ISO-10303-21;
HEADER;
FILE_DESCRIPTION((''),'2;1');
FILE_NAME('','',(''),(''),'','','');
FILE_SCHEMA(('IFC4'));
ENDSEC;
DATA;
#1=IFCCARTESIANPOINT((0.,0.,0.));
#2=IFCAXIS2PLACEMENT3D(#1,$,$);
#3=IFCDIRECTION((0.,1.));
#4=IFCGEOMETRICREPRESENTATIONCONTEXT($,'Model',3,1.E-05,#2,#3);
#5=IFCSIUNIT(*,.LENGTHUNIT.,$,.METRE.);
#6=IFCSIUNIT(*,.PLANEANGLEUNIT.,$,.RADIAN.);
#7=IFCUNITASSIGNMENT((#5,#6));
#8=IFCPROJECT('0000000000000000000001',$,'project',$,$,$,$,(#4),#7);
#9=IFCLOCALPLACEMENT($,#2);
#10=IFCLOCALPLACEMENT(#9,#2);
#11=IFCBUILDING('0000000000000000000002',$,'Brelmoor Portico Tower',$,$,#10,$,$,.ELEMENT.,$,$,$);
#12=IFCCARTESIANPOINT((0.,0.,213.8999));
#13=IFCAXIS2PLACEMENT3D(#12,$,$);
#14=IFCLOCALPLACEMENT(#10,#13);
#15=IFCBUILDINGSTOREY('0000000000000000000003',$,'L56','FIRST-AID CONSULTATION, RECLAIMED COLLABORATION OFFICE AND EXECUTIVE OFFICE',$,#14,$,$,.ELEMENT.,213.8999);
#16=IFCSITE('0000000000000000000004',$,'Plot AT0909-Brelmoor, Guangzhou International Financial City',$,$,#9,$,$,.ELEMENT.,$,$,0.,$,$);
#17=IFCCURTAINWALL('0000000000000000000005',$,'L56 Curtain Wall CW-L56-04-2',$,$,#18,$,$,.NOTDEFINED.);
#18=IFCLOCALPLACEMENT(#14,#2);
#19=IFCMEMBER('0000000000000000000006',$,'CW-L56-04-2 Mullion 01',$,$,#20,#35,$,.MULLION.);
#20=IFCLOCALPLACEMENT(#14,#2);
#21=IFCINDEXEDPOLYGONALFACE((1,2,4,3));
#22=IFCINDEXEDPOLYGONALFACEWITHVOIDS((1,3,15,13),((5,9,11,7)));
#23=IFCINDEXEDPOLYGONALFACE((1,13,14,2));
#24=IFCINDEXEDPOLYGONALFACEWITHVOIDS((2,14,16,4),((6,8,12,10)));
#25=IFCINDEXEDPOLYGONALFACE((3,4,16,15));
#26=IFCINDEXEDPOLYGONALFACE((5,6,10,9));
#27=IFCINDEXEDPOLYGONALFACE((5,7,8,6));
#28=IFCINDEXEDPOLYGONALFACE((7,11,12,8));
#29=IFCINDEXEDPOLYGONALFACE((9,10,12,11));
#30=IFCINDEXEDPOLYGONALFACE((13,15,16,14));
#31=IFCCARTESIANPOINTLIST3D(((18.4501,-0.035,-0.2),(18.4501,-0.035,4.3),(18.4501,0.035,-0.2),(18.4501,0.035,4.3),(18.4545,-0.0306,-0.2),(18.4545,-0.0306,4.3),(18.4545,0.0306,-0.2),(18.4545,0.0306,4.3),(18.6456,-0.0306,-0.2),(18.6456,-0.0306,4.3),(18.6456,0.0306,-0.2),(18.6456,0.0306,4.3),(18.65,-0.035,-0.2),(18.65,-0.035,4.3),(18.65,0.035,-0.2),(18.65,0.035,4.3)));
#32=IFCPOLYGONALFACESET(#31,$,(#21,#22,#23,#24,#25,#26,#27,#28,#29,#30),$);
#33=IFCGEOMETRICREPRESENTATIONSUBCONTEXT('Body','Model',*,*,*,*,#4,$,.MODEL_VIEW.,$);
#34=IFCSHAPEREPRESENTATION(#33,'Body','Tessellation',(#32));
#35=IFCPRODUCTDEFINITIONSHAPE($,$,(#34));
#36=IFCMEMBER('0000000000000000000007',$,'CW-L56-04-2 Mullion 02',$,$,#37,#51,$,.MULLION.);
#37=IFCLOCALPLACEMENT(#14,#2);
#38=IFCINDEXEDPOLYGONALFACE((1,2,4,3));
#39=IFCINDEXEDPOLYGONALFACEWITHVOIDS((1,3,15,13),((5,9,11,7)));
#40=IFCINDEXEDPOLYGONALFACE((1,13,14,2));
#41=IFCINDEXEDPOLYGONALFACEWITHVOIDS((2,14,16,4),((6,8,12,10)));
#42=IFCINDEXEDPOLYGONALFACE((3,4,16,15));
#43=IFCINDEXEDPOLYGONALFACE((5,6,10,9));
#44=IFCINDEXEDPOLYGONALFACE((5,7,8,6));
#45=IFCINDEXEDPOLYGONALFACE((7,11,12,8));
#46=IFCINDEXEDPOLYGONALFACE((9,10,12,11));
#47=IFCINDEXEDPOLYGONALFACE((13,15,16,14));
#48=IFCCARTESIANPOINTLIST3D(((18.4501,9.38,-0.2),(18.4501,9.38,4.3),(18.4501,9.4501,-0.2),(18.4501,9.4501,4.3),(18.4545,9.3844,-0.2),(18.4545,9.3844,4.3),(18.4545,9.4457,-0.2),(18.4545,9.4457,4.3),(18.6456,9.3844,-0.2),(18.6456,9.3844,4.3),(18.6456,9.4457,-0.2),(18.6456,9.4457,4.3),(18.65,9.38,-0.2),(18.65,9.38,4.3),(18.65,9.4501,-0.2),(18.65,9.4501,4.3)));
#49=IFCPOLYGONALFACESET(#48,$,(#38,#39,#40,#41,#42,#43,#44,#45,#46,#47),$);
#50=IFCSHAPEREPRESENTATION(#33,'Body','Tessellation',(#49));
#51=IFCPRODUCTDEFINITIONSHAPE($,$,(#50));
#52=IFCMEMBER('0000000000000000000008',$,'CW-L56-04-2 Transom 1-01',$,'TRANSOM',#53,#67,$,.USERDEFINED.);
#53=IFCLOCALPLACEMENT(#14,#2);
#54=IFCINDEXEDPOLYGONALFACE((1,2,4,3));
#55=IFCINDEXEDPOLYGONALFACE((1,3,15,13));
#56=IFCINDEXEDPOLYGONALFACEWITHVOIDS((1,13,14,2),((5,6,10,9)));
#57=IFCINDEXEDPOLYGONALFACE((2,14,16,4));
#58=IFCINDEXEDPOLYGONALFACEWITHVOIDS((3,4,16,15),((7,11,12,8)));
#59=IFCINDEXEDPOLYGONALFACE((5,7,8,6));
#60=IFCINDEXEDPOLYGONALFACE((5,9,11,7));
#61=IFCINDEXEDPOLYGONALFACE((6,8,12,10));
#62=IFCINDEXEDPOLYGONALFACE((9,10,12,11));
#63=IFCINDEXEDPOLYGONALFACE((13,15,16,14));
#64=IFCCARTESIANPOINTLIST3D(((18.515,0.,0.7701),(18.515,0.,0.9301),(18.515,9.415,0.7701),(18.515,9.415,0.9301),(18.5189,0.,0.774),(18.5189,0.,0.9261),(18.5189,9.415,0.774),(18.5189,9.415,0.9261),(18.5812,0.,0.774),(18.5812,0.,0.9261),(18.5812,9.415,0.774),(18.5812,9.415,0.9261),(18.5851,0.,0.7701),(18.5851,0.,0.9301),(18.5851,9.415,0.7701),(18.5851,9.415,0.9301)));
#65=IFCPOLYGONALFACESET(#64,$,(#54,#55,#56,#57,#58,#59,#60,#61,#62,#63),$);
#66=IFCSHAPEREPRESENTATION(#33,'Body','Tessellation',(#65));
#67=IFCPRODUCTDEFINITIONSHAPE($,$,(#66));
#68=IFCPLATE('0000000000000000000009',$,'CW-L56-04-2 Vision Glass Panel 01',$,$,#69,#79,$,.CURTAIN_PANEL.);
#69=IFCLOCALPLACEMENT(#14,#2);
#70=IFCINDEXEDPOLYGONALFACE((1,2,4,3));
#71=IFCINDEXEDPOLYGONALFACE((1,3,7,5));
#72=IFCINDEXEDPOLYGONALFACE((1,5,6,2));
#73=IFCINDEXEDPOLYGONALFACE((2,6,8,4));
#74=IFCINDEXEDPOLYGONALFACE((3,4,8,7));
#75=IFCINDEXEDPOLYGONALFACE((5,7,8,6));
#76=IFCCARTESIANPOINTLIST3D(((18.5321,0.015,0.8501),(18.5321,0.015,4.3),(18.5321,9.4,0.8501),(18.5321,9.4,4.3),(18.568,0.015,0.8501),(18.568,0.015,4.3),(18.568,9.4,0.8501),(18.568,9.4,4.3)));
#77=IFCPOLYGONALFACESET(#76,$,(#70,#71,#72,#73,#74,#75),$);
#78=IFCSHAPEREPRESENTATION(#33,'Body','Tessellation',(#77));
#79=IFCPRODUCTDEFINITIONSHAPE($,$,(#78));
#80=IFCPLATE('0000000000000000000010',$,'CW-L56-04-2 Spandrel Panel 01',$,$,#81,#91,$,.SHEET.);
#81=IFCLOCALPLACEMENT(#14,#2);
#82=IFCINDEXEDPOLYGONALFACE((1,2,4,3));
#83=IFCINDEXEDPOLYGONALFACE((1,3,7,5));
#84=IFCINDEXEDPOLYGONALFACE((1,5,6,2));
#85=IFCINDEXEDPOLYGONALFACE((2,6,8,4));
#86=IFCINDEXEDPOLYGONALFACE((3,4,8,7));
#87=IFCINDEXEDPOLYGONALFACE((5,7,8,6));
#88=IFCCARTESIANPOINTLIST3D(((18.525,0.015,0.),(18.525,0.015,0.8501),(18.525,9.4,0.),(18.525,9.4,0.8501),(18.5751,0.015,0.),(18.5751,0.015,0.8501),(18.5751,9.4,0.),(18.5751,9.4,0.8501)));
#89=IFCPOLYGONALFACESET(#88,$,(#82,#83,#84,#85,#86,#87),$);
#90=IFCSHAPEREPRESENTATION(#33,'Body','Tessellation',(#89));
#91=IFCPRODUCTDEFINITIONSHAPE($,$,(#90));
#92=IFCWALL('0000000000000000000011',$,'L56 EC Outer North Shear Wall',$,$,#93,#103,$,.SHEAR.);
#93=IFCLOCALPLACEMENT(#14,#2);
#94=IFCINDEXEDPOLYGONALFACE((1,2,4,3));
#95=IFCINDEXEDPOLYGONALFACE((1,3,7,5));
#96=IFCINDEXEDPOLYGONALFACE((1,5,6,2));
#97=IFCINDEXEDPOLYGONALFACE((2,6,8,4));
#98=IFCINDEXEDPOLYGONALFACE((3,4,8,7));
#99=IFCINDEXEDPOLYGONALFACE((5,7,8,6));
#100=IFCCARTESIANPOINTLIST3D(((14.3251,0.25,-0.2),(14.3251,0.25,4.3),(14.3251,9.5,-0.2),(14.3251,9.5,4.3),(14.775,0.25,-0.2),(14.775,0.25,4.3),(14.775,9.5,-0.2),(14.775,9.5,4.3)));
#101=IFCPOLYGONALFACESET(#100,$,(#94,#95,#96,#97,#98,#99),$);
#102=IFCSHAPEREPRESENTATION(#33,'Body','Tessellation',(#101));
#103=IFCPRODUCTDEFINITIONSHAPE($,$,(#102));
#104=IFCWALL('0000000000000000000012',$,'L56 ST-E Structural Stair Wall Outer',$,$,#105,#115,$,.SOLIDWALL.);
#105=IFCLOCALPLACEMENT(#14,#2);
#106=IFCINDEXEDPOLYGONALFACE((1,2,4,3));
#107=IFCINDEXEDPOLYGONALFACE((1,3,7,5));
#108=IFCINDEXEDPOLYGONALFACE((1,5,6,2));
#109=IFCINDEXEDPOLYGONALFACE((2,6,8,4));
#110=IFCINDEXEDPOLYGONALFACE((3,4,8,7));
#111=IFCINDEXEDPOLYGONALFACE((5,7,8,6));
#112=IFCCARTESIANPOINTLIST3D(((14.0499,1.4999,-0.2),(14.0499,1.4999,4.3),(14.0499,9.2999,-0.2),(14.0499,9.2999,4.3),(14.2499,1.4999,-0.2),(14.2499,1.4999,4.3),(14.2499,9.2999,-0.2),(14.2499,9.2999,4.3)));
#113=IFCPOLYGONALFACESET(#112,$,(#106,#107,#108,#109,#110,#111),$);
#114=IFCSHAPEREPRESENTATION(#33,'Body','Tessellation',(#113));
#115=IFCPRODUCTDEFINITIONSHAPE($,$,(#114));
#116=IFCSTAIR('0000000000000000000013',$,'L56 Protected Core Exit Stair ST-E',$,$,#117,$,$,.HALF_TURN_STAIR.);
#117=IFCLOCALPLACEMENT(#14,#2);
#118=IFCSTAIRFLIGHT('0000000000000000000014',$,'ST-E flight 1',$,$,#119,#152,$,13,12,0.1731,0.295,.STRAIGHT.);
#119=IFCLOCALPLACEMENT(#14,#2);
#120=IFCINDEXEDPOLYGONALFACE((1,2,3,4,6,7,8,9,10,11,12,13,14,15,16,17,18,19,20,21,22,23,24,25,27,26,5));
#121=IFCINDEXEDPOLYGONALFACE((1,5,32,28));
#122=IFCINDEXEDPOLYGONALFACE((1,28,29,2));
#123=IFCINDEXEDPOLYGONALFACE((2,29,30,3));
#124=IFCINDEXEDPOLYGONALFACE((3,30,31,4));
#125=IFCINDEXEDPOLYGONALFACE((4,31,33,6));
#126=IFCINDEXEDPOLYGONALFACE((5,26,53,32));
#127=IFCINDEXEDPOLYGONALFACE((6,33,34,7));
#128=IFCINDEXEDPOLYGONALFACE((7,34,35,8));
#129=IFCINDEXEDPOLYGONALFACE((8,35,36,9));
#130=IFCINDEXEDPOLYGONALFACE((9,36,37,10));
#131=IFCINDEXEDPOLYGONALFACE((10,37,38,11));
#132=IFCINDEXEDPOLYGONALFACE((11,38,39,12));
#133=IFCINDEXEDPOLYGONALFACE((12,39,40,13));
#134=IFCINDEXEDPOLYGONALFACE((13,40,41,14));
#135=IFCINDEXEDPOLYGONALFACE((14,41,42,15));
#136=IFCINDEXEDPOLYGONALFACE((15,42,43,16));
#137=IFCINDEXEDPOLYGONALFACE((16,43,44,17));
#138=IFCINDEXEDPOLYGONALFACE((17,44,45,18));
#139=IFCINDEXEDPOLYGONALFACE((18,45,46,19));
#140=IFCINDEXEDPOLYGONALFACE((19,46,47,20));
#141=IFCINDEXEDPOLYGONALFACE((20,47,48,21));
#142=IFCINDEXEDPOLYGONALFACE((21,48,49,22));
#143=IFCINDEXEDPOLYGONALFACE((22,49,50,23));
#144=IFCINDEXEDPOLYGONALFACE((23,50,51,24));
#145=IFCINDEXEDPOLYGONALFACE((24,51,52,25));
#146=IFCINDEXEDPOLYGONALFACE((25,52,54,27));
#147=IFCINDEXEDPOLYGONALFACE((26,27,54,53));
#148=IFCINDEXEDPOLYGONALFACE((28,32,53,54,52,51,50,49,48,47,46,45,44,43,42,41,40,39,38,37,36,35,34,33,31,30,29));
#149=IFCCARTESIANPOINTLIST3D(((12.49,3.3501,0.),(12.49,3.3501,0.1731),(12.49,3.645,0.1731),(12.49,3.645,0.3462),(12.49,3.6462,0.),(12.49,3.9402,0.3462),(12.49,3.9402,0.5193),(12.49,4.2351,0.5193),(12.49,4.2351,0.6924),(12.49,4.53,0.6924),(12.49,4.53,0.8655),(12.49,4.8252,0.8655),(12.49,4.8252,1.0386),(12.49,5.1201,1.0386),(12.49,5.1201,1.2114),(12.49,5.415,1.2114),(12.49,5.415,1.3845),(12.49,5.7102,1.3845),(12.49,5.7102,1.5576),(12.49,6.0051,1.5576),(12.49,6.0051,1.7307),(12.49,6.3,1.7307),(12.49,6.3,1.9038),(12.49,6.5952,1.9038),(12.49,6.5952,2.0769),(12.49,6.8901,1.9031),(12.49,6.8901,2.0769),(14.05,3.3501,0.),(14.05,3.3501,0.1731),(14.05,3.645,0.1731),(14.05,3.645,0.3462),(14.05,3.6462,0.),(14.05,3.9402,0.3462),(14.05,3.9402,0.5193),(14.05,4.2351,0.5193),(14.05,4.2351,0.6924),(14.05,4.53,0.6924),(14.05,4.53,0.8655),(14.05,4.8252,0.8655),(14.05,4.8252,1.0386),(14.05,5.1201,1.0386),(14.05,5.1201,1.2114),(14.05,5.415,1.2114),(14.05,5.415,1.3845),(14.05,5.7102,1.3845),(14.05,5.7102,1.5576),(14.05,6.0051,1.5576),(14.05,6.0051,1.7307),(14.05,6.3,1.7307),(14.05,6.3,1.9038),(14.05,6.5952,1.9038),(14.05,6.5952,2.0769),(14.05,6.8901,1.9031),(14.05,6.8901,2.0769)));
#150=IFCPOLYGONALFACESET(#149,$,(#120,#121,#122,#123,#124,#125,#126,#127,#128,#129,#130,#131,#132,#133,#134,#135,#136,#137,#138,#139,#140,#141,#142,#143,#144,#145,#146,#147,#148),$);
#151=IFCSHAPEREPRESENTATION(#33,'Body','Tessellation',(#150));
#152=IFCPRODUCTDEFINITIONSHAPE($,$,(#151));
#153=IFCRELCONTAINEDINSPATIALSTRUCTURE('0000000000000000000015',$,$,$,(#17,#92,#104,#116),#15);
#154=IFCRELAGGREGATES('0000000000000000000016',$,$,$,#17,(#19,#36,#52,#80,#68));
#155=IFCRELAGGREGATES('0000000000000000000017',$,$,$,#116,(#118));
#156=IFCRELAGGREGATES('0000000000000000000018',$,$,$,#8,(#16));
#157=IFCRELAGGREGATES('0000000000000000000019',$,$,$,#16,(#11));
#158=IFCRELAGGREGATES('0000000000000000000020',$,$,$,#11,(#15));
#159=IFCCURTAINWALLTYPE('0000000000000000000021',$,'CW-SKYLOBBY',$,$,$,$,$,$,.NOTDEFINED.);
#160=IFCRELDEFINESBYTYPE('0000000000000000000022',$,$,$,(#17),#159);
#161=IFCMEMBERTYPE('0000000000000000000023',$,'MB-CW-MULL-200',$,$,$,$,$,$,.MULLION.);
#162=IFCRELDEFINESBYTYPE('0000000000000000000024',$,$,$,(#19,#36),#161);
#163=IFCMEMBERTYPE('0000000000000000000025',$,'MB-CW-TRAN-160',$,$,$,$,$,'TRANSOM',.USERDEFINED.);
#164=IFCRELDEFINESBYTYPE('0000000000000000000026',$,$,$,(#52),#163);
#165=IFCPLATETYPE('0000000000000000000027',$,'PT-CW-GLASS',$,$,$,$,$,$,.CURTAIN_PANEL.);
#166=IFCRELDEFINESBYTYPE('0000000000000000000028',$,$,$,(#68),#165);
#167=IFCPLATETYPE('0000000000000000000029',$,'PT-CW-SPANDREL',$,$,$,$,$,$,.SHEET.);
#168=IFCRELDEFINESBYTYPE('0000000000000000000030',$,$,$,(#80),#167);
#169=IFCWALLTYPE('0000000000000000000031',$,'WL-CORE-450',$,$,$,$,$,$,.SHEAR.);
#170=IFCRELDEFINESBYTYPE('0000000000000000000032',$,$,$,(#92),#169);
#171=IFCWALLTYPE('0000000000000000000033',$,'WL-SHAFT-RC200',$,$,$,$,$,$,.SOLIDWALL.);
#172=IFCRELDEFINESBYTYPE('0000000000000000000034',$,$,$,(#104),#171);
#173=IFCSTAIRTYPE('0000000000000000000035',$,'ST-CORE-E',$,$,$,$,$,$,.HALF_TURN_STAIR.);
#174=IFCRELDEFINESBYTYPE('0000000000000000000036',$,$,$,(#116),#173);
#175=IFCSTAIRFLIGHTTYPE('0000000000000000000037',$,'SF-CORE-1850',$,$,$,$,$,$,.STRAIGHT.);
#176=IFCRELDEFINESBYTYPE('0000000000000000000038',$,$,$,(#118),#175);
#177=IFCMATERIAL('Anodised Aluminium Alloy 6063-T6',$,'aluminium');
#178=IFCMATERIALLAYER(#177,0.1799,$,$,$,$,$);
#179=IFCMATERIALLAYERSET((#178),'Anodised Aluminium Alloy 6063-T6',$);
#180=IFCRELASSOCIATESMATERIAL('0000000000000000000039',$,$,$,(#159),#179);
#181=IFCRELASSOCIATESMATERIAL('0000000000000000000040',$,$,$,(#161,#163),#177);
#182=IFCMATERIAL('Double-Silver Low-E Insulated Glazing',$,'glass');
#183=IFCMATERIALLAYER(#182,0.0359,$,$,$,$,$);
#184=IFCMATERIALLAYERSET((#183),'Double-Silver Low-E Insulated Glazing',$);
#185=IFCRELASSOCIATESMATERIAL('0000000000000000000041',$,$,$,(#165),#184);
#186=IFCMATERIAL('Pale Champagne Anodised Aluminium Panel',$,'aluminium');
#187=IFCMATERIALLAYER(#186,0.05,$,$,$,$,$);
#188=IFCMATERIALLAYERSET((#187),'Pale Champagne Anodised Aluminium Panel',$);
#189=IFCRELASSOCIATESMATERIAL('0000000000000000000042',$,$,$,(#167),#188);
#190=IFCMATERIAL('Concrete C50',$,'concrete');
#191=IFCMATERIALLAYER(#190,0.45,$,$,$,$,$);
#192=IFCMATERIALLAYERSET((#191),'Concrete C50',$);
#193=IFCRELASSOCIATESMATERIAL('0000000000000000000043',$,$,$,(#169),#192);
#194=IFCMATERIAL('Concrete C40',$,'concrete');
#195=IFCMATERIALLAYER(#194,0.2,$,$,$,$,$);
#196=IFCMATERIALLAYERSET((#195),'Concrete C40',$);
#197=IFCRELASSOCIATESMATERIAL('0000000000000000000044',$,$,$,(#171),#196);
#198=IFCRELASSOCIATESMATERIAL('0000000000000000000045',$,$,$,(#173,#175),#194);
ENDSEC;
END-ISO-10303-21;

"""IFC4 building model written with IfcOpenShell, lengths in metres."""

from ifc_helpers import new_model, si_unit, direction, frame, frame_2d, origin, origin_2d, place, context, subcontext, project, spatial, polyline, rectangle, hollow_rectangle, outline, extrude, material, layer, layer_set, material_profile, profile_set, type_object, element, aggregate, save


model = new_model("IFC4")

# Units and contexts
model_context = context("Model", 3, precision=1e-05, world=origin(), true_north=direction((0.0, 1.0)))
body_context = subcontext(model_context, "Body", "Model", "MODEL_VIEW")
ifc_project = project(units=[si_unit("LENGTHUNIT", "METRE"), si_unit("PLANEANGLEUNIT", "RADIAN")], contexts=[model_context])

# Site, building, storey
site_placement = place(None, origin())
site = spatial("IfcSite", under=ifc_project, at=site_placement, Name="Plot AT0909-Brelmoor, Guangzhou International Financial City", CompositionType="ELEMENT", RefElevation=0.0)
building_placement = place(site_placement, origin())
building = spatial("IfcBuilding", under=site, at=building_placement, Name="Brelmoor Portico Tower", CompositionType="ELEMENT")
storey_placement = place(building_placement, frame((0.0, 0.0, 213.8999)))
storey = spatial("IfcBuildingStorey", under=building, at=storey_placement, Name="L56", Description="FIRST-AID CONSULTATION, RECLAIMED COLLABORATION OFFICE AND EXECUTIVE OFFICE", CompositionType="ELEMENT", Elevation=213.8999)

# Curtain wall, members, plates
ifc_material_1 = material(Name="Anodised Aluminium Alloy 6063-T6", Category="aluminium")
ifc_layer_1 = layer(ifc_material_1, 0.1799)
ifc_layer_set_1 = layer_set([ifc_layer_1], Name="Anodised Aluminium Alloy 6063-T6")
curtain_wall_type = type_object("IfcCurtainWallType", Name="CW-SKYLOBBY", PredefinedType="NOTDEFINED", material=ifc_layer_set_1)
curtain_wall_placement = place(storey_placement, origin())
curtain_wall = element("IfcCurtainWall", 1, at=curtain_wall_placement, inside=storey, type_object=curtain_wall_type, Name="L56 Curtain Wall CW-L56-04-2", PredefinedType="NOTDEFINED")
ifc_material_profile_1 = material_profile(ifc_material_1, hollow_rectangle(XDim=0.0701, YDim=0.2, WallThickness=0.0044, at=origin_2d()), Name="ALU MULLION 70x200")
ifc_profile_set_1 = profile_set([ifc_material_profile_1], Name="Anodised Aluminium Alloy 6063-T6")
member_type_1 = type_object("IfcMemberType", Name="MB-CW-MULL-200", PredefinedType="MULLION", material=ifc_profile_set_1)
member_1_placement = place(storey_placement, frame((18.55, 0.0, -0.2), z_axis=(0.0, 0.0, 1.0), x_axis=(0.0, 1.0, 0.0)))
member_1 = element("IfcMember", 2, at=member_1_placement, type_object=member_type_1, Name="CW-L56-04-2 Mullion 01", PredefinedType="MULLION", context=body_context, shape_type="SweptSolid", body=[
    extrude(hollow_rectangle(XDim=0.0701, YDim=0.2, WallThickness=0.0044, at=origin_2d()), origin(), (0.0, 0.0, 1.0), 4.5),
])
member_2_placement = place(storey_placement, frame((18.55, 9.415, -0.2), z_axis=(0.0, 0.0, 1.0), x_axis=(0.0, 1.0, 0.0)))
member_2 = element("IfcMember", 3, at=member_2_placement, type_object=member_type_1, Name="CW-L56-04-2 Mullion 02", PredefinedType="MULLION", context=body_context, shape_type="SweptSolid", body=[
    extrude(hollow_rectangle(XDim=0.0701, YDim=0.2, WallThickness=0.0044, at=origin_2d()), origin(), (0.0, 0.0, 1.0), 4.5),
])
ifc_material_profile_2 = material_profile(ifc_material_1, hollow_rectangle(XDim=0.0701, YDim=0.1599, WallThickness=0.0039, at=origin_2d()), Name="ALU TRANSOM 70x160")
ifc_profile_set_2 = profile_set([ifc_material_profile_2], Name="Anodised Aluminium Alloy 6063-T6")
member_type_2 = type_object("IfcMemberType", Name="MB-CW-TRAN-160", ElementType="TRANSOM", PredefinedType="USERDEFINED", material=ifc_profile_set_2)
member_3_placement = place(storey_placement, frame((18.55, 0.0, 0.8501), z_axis=(0.0, 1.0, 0.0), x_axis=(-1.0, 0.0, 0.0)))
member_3 = element("IfcMember", 4, at=member_3_placement, type_object=member_type_2, Name="CW-L56-04-2 Transom 1-01", ObjectType="TRANSOM", PredefinedType="USERDEFINED", context=body_context, shape_type="SweptSolid", body=[
    extrude(hollow_rectangle(XDim=0.0701, YDim=0.1599, WallThickness=0.0039, at=origin_2d()), origin(), (0.0, 0.0, 1.0), 9.415),
])
ifc_material_2 = material(Name="Double-Silver Low-E Insulated Glazing", Category="glass")
ifc_layer_2 = layer(ifc_material_2, 0.0359)
ifc_layer_set_2 = layer_set([ifc_layer_2], Name="Double-Silver Low-E Insulated Glazing")
plate_type_1 = type_object("IfcPlateType", Name="PT-CW-GLASS", PredefinedType="CURTAIN_PANEL", material=ifc_layer_set_2)
plate_1_placement = place(storey_placement, frame((18.55, 4.7075, 0.8501), z_axis=(0.0, 0.0, 1.0), x_axis=(0.0, 1.0, 0.0)))
plate_1 = element("IfcPlate", 5, at=plate_1_placement, type_object=plate_type_1, Name="CW-L56-04-2 Vision Glass Panel 01", PredefinedType="CURTAIN_PANEL", context=body_context, shape_type="SweptSolid", body=[
    extrude(rectangle(XDim=9.385, YDim=0.0359, at=origin_2d()), origin(), (0.0, 0.0, 1.0), 3.45),
])
ifc_material_3 = material(Name="Pale Champagne Anodised Aluminium Panel", Category="aluminium")
ifc_layer_3 = layer(ifc_material_3, 0.05)
ifc_layer_set_3 = layer_set([ifc_layer_3], Name="Pale Champagne Anodised Aluminium Panel")
plate_type_2 = type_object("IfcPlateType", Name="PT-CW-SPANDREL", PredefinedType="SHEET", material=ifc_layer_set_3)
plate_2_placement = place(storey_placement, frame((18.55, 4.7075, 0.0), z_axis=(0.0, 0.0, 1.0), x_axis=(0.0, 1.0, 0.0)))
plate_2 = element("IfcPlate", 6, at=plate_2_placement, type_object=plate_type_2, Name="CW-L56-04-2 Spandrel Panel 01", PredefinedType="SHEET", context=body_context, shape_type="SweptSolid", body=[
    extrude(rectangle(XDim=9.385, YDim=0.05, at=origin_2d()), origin(), (0.0, 0.0, 1.0), 0.8501),
])
aggregate(curtain_wall, [member_1, member_2, member_3, plate_2, plate_1])

# Walls
ifc_material_4 = material(Name="Concrete C50", Category="concrete")
ifc_layer_4 = layer(ifc_material_4, 0.45)
ifc_layer_set_4 = layer_set([ifc_layer_4], Name="Concrete C50")
wall_type_1 = type_object("IfcWallType", Name="WL-CORE-450", PredefinedType="SHEAR", material=ifc_layer_set_4)
wall_1_placement = place(storey_placement, frame((14.55, 0.25, -0.2), z_axis=(0.0, 0.0, 1.0), x_axis=(0.0, 1.0, 0.0)))
element("IfcWall", 7, at=wall_1_placement, inside=storey, type_object=wall_type_1, Name="L56 EC Outer North Shear Wall", PredefinedType="SHEAR", context=body_context, shape_type="SweptSolid", body=[
    extrude(rectangle(XDim=9.25, YDim=0.45, at=frame_2d((4.625, 0.0))), origin(), (0.0, 0.0, 1.0), 4.5),
])
ifc_material_5 = material(Name="Concrete C40", Category="concrete")
ifc_layer_5 = layer(ifc_material_5, 0.2)
ifc_layer_set_5 = layer_set([ifc_layer_5], Name="Concrete C40")
wall_type_2 = type_object("IfcWallType", Name="WL-SHAFT-RC200", PredefinedType="SOLIDWALL", material=ifc_layer_set_5)
wall_2_placement = place(storey_placement, frame((14.1499, 1.5, -0.2), z_axis=(0.0, 0.0, 1.0), x_axis=(0.0, 1.0, 0.0)))
element("IfcWall", 8, at=wall_2_placement, inside=storey, type_object=wall_type_2, Name="L56 ST-E Structural Stair Wall Outer", PredefinedType="SOLIDWALL", context=body_context, shape_type="SweptSolid", body=[
    extrude(rectangle(XDim=7.8, YDim=0.2, at=frame_2d((3.8999, 0.0))), origin(), (0.0, 0.0, 1.0), 4.5),
])

# Stair, stair flight
stair_type = type_object("IfcStairType", Name="ST-CORE-E", PredefinedType="HALF_TURN_STAIR", material=ifc_material_5)
stair_placement = place(storey_placement, origin())
stair = element("IfcStair", 9, at=stair_placement, inside=storey, type_object=stair_type, Name="L56 Protected Core Exit Stair ST-E", PredefinedType="HALF_TURN_STAIR")
stair_flight_type = type_object("IfcStairFlightType", Name="SF-CORE-1850", PredefinedType="STRAIGHT", material=ifc_material_5)
stair_flight_placement = place(storey_placement, frame((13.27, 3.3501, 0.0), z_axis=(0.0, 0.0, 1.0), x_axis=(0.0, 1.0, 0.0)))
stair_flight = element("IfcStairFlight", 10, at=stair_flight_placement, type_object=stair_flight_type, Name="ST-E flight 1", NumberOfRisers=13, NumberOfTreads=12, PredefinedType="STRAIGHT", RiserHeight=0.1731, TreadLength=0.295, context=body_context, shape_type="SweptSolid", body=[
    extrude(outline(polyline([(0.0, 0.0), (0.0, 0.1731), (0.2949, 0.1731), (0.2949, 0.3462), (0.5901, 0.3462), (0.5901, 0.5193), (0.885, 0.5193), (0.885, 0.6924), (1.1799, 0.6924), (1.1799, 0.8655), (1.4751, 0.8655), (1.4751, 1.0386), (1.77, 1.0386), (1.77, 1.2114), (2.0649, 1.2114), (2.0649, 1.3845), (2.3601, 1.3845), (2.3601, 1.5576), (2.655, 1.5576), (2.655, 1.7307), (2.95, 1.7307), (2.95, 1.9038), (3.2451, 1.9038), (3.2451, 2.0769), (3.54, 2.0769), (3.54, 2.25), (3.54, 1.9031), (0.2961, 0.0), (0.0, 0.0)])), frame((0.0, 0.78, 0.0), z_axis=(0.0, -1.0, 0.0), x_axis=(1.0, 0.0, 0.0)), (0.0, 0.0, 1.0), 1.5601),
])
aggregate(stair, [stair_flight])

save(model, "model.ifc")
